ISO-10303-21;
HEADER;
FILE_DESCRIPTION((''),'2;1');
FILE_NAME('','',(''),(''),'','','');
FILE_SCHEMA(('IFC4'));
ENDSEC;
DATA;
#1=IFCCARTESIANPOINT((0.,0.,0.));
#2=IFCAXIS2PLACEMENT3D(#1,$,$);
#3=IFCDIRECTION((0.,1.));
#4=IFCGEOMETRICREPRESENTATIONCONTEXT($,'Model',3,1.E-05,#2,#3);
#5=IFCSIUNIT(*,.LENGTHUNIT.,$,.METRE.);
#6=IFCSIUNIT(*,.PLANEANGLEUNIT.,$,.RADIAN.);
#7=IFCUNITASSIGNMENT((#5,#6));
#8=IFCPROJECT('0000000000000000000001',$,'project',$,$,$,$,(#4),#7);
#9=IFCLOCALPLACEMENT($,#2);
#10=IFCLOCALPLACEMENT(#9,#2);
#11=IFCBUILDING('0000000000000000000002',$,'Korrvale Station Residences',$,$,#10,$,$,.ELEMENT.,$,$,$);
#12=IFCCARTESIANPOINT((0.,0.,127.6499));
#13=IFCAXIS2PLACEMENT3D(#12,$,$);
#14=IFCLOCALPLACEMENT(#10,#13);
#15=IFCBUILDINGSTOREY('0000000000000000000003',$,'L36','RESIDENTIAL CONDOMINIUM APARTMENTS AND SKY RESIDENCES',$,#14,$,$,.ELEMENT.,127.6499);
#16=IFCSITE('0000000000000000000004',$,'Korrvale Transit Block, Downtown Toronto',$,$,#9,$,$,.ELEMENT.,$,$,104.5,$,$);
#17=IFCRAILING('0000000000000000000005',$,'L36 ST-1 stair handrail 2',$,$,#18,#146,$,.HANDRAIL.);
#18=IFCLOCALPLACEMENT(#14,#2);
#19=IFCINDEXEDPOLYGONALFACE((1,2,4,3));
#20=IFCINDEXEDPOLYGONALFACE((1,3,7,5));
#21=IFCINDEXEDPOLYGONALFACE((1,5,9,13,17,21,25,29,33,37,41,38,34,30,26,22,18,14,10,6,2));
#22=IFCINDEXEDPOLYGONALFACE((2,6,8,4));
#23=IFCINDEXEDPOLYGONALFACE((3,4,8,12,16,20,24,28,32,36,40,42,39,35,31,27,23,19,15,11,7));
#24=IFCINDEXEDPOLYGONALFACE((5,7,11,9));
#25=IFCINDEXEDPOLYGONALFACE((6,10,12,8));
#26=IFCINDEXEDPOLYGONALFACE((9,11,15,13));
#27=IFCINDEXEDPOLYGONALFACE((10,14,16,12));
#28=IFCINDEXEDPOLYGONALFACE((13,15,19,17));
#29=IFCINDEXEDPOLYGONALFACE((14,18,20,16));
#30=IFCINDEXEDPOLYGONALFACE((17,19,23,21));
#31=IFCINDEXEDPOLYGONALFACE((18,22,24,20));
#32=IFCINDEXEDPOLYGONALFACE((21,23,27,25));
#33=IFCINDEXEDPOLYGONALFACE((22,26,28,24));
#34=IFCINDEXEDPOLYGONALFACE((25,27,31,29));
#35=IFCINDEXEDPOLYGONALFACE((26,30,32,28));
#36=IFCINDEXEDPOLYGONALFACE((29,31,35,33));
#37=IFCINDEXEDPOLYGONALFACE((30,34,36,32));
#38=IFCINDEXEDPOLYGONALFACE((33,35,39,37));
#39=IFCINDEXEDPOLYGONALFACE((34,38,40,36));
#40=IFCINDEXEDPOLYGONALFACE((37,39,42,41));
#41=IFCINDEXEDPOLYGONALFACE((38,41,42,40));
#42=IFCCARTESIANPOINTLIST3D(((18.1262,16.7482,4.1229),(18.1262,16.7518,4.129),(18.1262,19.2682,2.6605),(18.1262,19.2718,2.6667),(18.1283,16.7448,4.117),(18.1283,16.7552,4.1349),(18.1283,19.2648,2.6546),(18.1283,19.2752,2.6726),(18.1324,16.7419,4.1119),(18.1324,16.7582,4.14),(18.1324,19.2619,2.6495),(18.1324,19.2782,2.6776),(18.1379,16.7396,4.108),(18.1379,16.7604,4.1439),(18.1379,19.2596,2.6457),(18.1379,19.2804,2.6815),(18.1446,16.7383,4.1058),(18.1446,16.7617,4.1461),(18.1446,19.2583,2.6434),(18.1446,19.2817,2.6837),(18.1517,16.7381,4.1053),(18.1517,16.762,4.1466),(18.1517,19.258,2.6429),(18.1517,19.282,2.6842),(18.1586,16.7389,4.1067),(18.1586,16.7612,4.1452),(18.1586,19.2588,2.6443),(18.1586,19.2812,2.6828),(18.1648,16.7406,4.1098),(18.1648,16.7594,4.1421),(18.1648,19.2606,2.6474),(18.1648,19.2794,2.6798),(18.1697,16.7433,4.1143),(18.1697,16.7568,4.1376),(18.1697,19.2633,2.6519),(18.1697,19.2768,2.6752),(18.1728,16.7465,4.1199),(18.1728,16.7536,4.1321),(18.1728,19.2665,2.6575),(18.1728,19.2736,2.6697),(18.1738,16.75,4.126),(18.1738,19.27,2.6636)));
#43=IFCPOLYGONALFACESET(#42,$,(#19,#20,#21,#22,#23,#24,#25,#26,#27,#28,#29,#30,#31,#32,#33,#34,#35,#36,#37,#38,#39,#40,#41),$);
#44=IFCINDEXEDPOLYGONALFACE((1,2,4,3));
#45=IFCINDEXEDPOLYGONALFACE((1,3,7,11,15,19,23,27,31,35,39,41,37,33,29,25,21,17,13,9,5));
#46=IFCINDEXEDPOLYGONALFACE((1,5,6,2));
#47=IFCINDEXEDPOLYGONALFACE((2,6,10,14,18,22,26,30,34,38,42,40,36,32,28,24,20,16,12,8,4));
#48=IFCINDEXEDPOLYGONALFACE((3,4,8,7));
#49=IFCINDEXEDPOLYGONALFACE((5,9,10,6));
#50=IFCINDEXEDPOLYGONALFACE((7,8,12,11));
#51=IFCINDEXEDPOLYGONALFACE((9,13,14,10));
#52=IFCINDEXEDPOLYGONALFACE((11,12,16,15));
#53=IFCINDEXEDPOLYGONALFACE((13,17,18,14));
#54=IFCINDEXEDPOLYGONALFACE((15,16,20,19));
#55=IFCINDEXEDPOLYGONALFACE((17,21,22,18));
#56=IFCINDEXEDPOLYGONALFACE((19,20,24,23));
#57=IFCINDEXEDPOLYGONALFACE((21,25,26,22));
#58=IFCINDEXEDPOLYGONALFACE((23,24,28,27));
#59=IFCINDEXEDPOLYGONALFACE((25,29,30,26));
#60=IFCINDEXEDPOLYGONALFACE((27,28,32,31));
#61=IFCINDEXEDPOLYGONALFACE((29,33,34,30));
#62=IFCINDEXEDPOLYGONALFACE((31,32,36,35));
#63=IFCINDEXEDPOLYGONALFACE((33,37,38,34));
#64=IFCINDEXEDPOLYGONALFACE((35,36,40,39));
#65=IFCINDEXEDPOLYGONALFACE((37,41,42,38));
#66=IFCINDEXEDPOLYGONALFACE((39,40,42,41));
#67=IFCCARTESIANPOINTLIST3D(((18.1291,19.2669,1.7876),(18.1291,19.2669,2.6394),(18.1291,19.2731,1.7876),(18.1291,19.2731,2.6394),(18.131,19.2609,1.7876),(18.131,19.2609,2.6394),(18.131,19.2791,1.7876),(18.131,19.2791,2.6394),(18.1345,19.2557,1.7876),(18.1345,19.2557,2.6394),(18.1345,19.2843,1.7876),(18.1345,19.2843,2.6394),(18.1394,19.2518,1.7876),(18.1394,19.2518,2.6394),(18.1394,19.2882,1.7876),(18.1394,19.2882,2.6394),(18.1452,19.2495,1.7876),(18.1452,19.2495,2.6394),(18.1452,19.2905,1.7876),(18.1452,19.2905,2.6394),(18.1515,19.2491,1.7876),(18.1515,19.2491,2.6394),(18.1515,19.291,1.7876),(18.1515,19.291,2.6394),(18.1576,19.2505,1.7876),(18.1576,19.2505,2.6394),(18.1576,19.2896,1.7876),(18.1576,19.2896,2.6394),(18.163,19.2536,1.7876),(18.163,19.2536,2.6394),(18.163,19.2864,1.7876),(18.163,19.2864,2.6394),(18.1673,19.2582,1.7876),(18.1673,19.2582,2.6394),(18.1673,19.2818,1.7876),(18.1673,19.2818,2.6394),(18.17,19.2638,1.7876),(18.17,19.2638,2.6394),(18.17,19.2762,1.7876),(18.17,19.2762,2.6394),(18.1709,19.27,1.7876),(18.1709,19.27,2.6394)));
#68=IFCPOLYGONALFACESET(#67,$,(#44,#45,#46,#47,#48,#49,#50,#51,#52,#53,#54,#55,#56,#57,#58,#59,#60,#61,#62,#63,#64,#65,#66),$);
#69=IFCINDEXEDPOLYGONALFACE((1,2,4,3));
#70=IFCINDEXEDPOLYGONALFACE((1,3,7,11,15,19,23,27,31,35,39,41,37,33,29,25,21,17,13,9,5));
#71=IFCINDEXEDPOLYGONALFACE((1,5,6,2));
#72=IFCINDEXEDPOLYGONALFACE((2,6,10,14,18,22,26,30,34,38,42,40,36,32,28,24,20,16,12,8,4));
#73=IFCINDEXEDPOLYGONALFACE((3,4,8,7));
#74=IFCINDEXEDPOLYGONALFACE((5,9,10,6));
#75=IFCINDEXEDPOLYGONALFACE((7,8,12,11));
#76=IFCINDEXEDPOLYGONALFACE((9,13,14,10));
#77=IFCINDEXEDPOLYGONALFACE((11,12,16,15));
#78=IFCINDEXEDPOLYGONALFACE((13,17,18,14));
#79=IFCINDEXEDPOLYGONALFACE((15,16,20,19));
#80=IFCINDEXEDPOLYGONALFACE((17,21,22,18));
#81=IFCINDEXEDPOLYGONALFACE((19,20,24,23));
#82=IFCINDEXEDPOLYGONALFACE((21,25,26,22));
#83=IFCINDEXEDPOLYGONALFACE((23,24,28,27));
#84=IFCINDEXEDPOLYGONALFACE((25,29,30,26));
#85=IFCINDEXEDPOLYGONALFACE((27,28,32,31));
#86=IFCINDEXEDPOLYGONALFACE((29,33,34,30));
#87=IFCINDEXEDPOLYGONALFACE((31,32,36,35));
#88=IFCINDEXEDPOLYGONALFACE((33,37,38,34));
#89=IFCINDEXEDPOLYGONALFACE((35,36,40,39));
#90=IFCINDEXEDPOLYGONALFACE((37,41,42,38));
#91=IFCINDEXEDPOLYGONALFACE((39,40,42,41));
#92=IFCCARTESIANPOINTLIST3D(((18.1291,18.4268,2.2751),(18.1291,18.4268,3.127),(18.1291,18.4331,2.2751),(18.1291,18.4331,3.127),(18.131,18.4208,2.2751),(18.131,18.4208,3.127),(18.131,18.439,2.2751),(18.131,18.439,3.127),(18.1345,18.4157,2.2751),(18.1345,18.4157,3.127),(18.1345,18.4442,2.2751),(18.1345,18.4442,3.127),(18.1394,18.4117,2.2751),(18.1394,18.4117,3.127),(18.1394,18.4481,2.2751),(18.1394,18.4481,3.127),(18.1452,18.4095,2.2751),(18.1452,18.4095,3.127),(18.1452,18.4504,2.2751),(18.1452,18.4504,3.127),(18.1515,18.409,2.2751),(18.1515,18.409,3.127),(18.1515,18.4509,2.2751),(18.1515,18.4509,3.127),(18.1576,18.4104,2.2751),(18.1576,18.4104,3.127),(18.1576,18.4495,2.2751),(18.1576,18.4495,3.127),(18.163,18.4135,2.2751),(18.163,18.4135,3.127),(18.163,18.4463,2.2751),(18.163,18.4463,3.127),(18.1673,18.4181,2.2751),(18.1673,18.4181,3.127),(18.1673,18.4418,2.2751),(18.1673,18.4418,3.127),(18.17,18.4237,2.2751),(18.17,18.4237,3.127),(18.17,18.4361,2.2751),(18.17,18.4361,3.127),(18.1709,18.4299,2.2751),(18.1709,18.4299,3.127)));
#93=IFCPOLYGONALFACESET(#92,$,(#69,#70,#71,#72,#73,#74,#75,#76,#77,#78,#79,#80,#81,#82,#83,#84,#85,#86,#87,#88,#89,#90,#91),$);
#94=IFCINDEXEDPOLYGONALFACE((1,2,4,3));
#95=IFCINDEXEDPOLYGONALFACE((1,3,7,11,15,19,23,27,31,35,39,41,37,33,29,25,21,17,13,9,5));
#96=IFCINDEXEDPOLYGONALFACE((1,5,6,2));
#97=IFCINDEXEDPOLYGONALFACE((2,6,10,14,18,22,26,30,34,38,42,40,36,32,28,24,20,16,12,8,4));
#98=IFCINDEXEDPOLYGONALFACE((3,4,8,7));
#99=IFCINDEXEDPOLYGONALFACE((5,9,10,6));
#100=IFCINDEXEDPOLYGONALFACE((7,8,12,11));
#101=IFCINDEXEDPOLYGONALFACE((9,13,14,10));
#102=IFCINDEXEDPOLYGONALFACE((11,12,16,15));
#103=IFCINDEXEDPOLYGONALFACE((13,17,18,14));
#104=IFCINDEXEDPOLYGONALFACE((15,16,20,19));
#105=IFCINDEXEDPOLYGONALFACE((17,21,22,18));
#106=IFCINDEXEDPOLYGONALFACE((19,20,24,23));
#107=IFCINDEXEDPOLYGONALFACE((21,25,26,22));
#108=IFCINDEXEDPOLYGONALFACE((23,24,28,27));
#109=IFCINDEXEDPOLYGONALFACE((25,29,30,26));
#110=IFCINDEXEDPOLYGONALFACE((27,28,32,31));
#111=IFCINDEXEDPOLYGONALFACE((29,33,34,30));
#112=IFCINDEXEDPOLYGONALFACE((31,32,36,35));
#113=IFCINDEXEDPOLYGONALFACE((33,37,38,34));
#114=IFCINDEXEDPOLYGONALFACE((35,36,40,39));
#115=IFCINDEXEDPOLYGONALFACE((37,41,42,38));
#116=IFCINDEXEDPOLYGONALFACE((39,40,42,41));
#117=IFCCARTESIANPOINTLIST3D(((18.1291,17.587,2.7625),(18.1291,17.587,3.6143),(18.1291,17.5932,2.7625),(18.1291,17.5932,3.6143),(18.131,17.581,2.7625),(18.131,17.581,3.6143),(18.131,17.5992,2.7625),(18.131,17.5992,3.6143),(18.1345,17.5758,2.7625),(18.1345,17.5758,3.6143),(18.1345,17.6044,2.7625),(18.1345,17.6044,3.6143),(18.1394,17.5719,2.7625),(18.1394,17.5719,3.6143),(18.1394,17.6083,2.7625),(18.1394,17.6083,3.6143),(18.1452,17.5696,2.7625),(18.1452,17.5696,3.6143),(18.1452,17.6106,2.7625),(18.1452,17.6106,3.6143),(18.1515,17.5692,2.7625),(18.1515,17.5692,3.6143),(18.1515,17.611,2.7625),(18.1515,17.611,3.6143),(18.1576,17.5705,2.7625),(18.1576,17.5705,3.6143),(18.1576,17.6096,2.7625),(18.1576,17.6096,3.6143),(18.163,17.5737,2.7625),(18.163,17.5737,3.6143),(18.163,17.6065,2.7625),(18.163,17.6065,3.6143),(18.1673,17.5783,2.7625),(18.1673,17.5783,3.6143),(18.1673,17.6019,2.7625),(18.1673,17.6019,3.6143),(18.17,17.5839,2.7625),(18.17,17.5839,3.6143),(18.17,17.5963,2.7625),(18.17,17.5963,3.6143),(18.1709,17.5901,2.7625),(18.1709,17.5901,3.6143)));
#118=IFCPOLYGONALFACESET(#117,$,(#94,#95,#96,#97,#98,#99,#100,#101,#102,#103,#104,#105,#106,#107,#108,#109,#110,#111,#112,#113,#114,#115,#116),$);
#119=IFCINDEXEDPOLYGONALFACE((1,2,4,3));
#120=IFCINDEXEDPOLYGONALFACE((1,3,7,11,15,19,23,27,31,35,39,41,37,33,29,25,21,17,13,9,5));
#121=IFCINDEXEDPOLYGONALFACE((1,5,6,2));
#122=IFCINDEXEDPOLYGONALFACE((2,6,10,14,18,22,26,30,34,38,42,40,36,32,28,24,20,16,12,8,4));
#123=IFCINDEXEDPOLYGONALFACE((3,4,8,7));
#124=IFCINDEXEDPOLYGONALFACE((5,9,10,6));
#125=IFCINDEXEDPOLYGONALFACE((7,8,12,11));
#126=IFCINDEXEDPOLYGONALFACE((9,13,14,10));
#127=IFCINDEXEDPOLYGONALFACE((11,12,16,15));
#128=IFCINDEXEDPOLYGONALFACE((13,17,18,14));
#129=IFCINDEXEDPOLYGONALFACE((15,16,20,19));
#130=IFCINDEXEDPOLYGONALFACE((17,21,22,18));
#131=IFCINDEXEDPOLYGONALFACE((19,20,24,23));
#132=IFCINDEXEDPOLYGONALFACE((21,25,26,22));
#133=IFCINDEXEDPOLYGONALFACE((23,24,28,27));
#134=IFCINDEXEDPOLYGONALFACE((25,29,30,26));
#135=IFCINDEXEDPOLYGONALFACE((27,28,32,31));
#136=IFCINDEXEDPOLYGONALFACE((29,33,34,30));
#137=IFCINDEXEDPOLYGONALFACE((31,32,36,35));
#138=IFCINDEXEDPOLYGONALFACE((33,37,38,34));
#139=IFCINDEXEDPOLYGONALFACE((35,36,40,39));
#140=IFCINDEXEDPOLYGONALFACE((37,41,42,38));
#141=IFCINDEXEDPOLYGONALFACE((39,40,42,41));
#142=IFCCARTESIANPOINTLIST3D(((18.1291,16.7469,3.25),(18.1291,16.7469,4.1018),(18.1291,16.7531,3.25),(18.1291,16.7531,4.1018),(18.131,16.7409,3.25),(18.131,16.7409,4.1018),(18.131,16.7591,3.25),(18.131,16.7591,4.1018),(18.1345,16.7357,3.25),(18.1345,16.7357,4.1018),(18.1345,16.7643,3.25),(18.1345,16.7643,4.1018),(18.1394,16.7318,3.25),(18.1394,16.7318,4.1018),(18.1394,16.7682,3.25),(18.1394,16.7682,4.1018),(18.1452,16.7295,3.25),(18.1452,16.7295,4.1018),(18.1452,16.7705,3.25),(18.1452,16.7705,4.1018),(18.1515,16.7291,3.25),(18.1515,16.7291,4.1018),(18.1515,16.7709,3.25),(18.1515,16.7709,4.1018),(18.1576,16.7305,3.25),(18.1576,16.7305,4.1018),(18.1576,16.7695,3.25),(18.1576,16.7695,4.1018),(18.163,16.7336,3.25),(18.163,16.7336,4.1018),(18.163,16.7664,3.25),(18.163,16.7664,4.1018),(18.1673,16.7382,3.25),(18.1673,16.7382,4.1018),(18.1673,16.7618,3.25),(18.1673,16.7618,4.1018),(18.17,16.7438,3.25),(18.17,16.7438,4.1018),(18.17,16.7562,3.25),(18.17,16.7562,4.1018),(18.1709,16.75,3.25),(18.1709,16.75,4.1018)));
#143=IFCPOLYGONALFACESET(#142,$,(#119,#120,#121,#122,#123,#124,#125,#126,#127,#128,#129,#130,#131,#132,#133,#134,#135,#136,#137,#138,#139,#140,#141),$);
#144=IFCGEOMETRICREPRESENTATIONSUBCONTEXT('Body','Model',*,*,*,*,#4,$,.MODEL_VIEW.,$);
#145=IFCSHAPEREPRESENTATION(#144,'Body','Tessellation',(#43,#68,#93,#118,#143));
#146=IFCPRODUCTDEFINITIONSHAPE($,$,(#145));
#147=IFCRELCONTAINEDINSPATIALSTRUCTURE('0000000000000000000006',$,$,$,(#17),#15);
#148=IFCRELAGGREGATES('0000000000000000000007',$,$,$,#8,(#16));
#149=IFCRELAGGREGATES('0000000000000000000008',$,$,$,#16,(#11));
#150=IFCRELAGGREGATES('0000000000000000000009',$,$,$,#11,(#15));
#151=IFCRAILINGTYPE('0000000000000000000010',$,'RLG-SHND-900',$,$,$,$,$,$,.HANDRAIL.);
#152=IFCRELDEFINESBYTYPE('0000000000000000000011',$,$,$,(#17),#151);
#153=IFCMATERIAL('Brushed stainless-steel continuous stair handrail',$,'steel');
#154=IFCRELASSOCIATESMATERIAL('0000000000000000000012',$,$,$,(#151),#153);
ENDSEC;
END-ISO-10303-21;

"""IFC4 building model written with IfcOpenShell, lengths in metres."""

from ifc_helpers import new_model, si_unit, direction, frame, origin, origin_2d, place, context, subcontext, project, spatial, circle, extrude, material, type_object, element, save


model = new_model("IFC4")

# Units and contexts
model_context = context("Model", 3, precision=1e-05, world=origin(), true_north=direction((0.0, 1.0)))
body_context = subcontext(model_context, "Body", "Model", "MODEL_VIEW")
ifc_project = project(units=[si_unit("LENGTHUNIT", "METRE"), si_unit("PLANEANGLEUNIT", "RADIAN")], contexts=[model_context])

# Site, building, storey
site_placement = place(None, origin())
site = spatial("IfcSite", under=ifc_project, at=site_placement, Name="Korrvale Transit Block, Downtown Toronto", CompositionType="ELEMENT", RefElevation=104.5)
building_placement = place(site_placement, origin())
building = spatial("IfcBuilding", under=site, at=building_placement, Name="Korrvale Station Residences", CompositionType="ELEMENT")
storey_placement = place(building_placement, frame((0.0, 0.0, 127.6499)))
storey = spatial("IfcBuildingStorey", under=building, at=storey_placement, Name="L36", Description="RESIDENTIAL CONDOMINIUM APARTMENTS AND SKY RESIDENCES", CompositionType="ELEMENT", Elevation=127.6499)

# Railing
ifc_material_1 = material(Name="Brushed stainless-steel continuous stair handrail", Category="steel")
railing_type_1 = type_object("IfcRailingType", Name="RLG-SHND-900", PredefinedType="HANDRAIL", material=ifc_material_1)
railing_1_placement = place(storey_placement, frame((18.1499, 19.27, 1.7876)))
element("IfcRailing", 1, at=railing_1_placement, inside=storey, type_object=railing_type_1, Name="L36 ST-1 stair handrail 2", PredefinedType="HANDRAIL", context=body_context, shape_type="SweptSolid", body=[
    extrude(circle(Radius=0.0239, at=origin_2d()), frame((0.0, 0.0, 0.876), z_axis=(0.0, -0.864913, 0.501921), x_axis=(1.0, 0.0, 0.0)), (0.0, 0.0, 1.0), 2.9136),
    extrude(circle(Radius=0.021, at=origin_2d()), origin(), (0.0, 0.0, 1.0), 0.8518),
    extrude(circle(Radius=0.021, at=origin_2d()), frame((0.0, -0.8401, 0.4875)), (0.0, 0.0, 1.0), 0.8518),
    extrude(circle(Radius=0.021, at=origin_2d()), frame((0.0, -1.6799, 0.9749)), (0.0, 0.0, 1.0), 0.8518),
    extrude(circle(Radius=0.021, at=origin_2d()), frame((0.0, -2.52, 1.4624)), (0.0, 0.0, 1.0), 0.8518),
])

save(model, "model.ifc")
